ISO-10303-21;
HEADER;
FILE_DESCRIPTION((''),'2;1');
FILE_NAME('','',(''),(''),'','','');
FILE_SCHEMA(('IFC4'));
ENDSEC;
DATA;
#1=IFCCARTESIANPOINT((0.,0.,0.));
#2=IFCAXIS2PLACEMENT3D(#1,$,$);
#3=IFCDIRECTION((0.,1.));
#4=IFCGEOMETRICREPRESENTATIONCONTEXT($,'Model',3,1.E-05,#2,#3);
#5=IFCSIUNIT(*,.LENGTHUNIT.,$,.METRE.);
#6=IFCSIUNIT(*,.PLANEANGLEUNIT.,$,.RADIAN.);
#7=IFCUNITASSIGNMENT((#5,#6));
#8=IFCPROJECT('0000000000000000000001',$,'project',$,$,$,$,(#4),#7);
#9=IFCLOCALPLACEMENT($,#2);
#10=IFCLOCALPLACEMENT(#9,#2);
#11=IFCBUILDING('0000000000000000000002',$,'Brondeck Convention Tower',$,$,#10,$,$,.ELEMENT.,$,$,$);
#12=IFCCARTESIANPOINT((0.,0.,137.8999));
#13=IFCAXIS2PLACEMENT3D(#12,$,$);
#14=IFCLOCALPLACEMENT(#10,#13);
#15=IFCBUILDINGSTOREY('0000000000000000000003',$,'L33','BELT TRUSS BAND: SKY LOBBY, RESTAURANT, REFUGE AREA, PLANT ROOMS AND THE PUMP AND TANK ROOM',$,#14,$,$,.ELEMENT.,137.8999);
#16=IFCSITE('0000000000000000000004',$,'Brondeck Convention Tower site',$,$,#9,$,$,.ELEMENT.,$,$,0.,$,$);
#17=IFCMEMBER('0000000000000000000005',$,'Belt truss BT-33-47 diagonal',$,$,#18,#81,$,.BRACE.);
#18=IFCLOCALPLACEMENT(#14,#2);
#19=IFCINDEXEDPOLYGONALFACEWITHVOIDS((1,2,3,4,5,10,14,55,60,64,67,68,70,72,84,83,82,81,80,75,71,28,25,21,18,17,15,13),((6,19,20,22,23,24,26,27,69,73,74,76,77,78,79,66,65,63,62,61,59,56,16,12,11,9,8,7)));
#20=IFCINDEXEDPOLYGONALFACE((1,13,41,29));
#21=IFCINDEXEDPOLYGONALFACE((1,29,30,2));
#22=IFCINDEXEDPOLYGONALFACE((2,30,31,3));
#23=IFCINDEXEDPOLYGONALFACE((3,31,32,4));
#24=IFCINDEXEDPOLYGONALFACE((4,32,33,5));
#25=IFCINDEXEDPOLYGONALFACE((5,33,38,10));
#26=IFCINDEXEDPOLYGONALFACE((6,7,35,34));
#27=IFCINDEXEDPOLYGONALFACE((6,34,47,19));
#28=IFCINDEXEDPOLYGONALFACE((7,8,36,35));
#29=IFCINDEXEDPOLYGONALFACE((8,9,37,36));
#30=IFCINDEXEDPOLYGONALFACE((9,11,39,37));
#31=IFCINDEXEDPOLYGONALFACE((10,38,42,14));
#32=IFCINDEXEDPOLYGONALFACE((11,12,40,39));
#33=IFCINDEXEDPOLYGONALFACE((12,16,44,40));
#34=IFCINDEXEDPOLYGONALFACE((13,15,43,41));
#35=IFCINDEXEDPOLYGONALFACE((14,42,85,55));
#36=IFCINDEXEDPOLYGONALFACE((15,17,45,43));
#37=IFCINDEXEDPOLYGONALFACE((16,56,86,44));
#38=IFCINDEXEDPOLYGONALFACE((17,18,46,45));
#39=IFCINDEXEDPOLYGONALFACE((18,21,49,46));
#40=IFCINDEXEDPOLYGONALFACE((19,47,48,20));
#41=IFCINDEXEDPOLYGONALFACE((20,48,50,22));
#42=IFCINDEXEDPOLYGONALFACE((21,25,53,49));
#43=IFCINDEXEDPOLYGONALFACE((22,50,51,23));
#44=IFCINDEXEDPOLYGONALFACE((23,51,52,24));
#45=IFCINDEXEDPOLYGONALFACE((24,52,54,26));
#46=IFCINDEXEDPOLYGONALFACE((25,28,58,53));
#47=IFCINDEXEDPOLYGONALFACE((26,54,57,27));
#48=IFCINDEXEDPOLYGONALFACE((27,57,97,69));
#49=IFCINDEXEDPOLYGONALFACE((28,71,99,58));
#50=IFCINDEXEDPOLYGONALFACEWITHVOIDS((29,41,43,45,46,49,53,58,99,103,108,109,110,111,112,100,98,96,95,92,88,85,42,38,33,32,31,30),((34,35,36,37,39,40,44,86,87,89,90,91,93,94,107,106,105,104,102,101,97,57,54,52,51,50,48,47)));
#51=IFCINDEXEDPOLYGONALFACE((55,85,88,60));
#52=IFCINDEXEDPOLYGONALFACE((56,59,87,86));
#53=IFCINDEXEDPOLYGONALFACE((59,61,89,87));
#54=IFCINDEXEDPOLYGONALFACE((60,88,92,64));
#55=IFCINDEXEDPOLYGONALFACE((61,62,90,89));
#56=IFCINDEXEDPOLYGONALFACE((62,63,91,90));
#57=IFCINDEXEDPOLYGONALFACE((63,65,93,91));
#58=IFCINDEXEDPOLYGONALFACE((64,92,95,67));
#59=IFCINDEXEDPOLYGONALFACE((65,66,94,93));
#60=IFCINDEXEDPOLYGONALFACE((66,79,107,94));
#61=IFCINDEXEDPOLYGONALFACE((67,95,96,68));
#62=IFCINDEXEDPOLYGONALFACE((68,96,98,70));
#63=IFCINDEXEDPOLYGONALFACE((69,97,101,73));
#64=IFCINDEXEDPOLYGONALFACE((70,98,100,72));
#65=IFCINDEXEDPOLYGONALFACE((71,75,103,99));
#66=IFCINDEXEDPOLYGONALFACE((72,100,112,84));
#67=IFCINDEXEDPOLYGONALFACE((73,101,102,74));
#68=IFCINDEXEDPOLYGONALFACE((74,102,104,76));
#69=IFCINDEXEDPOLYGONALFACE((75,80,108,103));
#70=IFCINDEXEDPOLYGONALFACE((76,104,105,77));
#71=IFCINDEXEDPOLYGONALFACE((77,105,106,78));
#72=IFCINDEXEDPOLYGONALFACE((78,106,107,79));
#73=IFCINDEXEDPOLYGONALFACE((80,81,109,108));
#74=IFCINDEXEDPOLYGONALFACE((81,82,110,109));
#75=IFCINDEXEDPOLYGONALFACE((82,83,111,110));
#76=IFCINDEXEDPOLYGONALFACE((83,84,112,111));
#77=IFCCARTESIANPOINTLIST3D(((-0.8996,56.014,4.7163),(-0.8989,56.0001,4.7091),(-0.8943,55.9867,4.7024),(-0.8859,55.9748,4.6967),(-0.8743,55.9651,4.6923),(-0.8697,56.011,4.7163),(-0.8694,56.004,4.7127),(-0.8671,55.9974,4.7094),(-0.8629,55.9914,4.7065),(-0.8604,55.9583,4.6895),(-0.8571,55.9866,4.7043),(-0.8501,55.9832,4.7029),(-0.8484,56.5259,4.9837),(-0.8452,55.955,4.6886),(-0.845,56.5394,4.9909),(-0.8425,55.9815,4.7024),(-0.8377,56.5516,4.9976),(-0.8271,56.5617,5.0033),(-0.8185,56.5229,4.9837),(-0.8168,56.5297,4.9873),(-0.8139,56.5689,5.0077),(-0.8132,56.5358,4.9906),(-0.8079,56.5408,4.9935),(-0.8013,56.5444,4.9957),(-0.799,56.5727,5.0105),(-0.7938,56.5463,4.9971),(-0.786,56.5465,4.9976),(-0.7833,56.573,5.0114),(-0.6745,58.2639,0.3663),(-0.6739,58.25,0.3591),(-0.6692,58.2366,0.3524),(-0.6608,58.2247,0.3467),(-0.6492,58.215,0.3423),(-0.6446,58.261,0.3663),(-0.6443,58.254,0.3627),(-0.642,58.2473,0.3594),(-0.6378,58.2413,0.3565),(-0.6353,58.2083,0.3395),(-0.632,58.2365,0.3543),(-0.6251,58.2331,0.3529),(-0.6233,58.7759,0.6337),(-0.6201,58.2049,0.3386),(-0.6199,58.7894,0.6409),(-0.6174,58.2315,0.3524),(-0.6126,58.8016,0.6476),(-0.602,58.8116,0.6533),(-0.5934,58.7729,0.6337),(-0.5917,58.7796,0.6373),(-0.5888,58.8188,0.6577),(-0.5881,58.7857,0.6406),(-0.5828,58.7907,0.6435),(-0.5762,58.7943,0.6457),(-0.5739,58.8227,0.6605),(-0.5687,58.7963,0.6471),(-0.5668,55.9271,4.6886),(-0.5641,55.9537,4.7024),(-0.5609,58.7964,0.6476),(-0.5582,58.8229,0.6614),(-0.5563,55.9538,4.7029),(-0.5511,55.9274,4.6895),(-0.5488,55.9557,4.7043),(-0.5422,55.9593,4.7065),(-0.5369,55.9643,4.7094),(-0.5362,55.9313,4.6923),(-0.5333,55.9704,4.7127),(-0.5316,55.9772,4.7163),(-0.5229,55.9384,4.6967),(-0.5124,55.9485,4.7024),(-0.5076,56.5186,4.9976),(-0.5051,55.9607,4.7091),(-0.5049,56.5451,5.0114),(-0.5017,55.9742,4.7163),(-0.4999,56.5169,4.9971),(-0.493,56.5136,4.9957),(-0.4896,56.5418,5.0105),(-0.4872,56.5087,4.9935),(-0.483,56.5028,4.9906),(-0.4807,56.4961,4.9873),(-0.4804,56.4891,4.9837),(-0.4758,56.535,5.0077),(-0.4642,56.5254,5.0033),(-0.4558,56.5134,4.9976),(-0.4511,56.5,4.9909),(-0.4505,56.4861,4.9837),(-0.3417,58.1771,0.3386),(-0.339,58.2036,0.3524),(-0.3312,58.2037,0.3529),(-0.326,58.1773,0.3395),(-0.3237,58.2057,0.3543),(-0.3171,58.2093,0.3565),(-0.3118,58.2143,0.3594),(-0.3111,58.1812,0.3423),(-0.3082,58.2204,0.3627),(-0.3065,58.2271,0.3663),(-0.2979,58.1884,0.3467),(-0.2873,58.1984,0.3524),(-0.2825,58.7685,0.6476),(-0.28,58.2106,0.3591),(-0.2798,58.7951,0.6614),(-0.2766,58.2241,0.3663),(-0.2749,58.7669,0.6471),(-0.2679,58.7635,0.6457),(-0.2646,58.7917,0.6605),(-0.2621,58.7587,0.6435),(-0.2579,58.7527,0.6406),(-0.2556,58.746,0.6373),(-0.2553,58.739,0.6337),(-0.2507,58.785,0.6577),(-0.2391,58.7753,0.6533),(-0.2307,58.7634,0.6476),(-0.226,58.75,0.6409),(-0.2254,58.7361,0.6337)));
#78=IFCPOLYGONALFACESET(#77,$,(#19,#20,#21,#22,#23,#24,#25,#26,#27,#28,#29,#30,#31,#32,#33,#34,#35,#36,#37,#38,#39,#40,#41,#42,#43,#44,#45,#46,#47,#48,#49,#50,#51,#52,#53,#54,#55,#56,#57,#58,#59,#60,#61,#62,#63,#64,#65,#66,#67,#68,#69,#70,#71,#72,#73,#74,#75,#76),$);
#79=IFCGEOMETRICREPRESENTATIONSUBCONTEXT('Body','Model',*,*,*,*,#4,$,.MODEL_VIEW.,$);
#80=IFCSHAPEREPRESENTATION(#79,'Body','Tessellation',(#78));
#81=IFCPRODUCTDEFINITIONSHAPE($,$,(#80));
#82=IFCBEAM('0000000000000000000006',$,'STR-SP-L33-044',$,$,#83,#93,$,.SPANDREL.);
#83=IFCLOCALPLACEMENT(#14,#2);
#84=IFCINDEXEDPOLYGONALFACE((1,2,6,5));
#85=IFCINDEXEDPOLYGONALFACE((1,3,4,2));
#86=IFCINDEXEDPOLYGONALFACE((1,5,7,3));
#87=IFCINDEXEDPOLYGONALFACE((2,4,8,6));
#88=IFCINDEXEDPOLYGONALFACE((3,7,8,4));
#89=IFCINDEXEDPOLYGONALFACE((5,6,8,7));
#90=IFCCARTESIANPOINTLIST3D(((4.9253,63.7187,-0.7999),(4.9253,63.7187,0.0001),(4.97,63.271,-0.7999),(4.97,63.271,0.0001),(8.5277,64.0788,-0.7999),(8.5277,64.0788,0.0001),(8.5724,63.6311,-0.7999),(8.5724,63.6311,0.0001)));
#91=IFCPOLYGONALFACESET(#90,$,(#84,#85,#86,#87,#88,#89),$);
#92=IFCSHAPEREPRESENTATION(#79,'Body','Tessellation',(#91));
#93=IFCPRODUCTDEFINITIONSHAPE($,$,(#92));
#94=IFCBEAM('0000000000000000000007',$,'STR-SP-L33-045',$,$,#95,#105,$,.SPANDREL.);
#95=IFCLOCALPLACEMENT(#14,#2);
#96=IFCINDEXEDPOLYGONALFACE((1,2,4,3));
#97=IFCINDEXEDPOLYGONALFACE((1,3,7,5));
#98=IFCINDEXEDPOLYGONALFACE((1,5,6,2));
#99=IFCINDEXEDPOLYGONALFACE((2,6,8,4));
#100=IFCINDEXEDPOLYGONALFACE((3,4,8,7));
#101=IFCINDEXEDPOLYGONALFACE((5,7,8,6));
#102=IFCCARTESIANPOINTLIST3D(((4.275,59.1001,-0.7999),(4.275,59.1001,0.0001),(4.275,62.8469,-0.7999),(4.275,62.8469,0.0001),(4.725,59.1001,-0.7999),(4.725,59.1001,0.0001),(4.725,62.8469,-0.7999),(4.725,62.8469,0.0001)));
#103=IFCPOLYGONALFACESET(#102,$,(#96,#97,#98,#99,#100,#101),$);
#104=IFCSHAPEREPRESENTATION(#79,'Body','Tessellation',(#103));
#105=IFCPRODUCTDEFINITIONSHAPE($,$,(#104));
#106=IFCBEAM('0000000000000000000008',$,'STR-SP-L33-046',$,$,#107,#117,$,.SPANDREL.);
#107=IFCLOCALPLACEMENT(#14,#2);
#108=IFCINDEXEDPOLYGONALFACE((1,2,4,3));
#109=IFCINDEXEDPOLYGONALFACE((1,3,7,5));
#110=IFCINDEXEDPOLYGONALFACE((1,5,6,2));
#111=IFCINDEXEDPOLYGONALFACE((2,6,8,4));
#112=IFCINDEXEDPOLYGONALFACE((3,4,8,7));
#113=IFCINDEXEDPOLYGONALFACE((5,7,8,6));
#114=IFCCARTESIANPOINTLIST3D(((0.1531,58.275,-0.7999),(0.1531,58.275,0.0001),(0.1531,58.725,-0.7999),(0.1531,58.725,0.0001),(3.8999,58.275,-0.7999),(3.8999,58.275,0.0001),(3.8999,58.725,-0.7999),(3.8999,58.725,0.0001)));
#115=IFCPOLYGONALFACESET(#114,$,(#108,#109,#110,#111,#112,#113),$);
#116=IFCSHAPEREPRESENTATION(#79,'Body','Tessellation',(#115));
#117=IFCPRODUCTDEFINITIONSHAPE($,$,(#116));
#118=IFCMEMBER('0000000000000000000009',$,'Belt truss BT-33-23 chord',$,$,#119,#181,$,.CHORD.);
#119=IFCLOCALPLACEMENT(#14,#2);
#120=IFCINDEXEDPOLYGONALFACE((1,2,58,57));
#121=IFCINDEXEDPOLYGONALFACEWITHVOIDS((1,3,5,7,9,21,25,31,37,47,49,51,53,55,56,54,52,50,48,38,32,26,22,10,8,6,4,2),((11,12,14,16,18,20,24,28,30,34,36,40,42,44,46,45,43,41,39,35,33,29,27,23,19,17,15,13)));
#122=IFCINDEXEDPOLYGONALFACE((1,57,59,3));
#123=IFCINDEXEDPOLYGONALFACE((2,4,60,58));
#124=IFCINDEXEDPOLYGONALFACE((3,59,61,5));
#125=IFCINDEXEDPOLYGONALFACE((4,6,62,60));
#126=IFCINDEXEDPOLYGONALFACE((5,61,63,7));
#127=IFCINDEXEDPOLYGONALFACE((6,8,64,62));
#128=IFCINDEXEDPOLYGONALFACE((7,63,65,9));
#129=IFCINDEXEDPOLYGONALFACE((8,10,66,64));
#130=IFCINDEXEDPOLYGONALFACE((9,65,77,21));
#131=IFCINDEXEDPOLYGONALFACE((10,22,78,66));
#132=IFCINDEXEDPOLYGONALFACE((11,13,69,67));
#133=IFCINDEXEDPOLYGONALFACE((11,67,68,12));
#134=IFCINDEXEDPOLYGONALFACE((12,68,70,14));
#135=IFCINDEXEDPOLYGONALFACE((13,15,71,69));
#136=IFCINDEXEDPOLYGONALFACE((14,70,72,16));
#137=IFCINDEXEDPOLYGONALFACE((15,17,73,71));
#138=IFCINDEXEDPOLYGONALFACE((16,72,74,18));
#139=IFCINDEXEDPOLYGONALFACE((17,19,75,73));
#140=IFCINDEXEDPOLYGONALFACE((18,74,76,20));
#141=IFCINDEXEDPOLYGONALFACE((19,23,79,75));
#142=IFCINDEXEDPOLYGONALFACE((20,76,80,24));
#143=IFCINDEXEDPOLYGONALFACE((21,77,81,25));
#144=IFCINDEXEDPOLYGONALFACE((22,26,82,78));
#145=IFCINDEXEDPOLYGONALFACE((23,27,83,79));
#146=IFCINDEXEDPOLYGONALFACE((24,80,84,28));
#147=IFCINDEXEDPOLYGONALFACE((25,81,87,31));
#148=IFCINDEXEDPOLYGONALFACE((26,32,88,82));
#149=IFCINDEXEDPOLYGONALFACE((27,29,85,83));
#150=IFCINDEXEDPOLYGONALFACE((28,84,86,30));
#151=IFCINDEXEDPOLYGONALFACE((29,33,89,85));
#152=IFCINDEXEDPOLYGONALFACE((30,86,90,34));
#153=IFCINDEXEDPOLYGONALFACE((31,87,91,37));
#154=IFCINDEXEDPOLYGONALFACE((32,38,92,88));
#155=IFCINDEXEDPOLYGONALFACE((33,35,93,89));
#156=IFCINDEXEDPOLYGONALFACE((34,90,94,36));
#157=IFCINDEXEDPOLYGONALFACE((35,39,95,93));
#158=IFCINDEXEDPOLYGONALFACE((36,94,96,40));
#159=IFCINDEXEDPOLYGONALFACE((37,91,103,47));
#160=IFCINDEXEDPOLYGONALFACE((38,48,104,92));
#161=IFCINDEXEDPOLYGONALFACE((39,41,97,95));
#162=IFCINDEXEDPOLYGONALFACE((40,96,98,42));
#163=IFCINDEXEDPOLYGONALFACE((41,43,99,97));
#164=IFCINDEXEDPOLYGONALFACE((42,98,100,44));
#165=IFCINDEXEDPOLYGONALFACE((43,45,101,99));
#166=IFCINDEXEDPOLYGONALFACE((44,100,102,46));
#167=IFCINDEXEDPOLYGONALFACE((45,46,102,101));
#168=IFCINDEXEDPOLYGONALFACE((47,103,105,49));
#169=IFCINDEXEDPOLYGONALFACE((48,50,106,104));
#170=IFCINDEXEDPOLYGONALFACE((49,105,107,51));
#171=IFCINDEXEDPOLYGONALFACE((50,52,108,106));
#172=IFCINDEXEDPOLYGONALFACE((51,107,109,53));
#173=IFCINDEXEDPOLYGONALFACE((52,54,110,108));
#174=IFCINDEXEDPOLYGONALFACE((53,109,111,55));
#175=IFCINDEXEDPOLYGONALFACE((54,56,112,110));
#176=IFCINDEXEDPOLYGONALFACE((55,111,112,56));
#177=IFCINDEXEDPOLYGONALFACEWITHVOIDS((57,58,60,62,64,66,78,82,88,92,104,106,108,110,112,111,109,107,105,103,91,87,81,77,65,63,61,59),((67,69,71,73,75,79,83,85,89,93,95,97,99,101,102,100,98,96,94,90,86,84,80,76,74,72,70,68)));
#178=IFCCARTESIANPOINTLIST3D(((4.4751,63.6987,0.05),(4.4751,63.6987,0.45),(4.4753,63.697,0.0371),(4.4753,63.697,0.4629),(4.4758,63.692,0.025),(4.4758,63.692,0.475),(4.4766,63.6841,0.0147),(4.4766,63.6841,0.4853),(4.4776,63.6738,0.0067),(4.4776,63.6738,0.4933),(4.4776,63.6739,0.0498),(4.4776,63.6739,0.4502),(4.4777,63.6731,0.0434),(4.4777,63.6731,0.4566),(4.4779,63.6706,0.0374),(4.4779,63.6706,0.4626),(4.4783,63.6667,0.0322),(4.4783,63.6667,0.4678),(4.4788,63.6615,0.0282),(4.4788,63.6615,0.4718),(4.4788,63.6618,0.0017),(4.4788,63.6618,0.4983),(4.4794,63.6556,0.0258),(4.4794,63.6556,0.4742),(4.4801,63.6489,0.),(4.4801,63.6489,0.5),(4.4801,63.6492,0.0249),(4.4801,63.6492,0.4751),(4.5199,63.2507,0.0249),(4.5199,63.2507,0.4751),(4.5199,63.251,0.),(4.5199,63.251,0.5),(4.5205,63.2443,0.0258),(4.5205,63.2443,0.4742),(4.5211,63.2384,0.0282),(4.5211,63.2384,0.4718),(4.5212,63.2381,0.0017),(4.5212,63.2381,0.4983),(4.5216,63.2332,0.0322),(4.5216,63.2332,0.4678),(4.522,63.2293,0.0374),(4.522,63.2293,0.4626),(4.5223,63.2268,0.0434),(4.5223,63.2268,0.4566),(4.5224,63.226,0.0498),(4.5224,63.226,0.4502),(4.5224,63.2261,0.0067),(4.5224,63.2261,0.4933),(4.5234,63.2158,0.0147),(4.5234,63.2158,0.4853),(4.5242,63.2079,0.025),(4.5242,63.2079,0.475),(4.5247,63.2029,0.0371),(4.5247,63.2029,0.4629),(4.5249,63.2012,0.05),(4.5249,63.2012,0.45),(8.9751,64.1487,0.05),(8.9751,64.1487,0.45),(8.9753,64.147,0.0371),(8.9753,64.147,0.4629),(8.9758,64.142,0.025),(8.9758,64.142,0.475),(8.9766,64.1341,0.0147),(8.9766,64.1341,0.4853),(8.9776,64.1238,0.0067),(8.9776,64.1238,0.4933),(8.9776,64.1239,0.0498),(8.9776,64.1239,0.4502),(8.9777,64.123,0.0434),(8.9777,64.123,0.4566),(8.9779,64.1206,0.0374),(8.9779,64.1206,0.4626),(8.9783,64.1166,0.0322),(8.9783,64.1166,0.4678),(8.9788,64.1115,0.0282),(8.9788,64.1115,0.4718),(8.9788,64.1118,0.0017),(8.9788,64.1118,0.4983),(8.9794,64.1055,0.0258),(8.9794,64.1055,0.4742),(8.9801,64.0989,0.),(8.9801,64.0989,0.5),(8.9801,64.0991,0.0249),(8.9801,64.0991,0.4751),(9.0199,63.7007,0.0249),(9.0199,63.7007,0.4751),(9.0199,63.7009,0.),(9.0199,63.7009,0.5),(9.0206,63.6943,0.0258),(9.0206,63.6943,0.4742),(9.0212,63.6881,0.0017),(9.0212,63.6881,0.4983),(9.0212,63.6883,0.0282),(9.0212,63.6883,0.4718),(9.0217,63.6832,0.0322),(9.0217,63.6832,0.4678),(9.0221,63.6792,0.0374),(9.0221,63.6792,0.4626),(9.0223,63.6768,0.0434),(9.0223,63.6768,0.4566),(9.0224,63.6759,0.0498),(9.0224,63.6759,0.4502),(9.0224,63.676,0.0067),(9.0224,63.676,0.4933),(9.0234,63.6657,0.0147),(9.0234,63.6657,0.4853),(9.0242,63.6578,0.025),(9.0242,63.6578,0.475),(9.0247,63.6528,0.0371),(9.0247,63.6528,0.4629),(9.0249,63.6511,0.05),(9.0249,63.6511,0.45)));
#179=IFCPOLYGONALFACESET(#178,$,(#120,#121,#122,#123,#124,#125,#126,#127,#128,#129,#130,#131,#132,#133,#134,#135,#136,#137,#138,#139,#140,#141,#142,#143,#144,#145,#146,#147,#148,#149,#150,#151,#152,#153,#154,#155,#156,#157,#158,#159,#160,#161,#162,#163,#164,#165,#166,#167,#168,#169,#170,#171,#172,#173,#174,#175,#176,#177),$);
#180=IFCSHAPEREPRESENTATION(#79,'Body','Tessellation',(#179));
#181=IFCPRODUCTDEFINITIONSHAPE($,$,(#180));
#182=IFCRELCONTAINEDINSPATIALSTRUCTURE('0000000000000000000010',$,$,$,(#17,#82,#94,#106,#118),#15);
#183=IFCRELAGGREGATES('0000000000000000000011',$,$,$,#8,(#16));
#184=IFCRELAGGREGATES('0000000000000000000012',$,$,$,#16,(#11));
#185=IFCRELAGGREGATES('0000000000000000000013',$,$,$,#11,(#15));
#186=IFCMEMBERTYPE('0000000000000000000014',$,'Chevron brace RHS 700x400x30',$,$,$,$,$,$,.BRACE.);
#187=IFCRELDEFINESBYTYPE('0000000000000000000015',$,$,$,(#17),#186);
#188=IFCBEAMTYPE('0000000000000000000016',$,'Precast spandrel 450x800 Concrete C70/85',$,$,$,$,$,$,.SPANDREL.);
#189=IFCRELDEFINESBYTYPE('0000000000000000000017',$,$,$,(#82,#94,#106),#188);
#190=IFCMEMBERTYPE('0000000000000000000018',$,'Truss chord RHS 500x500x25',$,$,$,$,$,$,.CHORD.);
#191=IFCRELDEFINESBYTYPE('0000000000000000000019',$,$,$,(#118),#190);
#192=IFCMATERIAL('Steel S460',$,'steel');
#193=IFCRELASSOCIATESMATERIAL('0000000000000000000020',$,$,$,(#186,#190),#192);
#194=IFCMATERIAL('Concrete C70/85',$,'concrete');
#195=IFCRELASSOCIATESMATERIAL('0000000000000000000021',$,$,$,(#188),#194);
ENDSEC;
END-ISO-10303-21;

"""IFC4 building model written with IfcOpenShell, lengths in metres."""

from ifc_helpers import new_model, si_unit, direction, frame, origin, origin_2d, place, context, subcontext, project, spatial, rectangle, hollow_rectangle, extrude, material, material_profile, profile_set, type_object, element, save


model = new_model("IFC4")

# Units and contexts
model_context = context("Model", 3, precision=1e-05, world=origin(), true_north=direction((0.0, 1.0)))
body_context = subcontext(model_context, "Body", "Model", "MODEL_VIEW")
ifc_project = project(units=[si_unit("LENGTHUNIT", "METRE"), si_unit("PLANEANGLEUNIT", "RADIAN")], contexts=[model_context])

# Site, building, storey
site_placement = place(None, origin())
site = spatial("IfcSite", under=ifc_project, at=site_placement, Name="Brondeck Convention Tower site", CompositionType="ELEMENT", RefElevation=0.0)
building_placement = place(site_placement, origin())
building = spatial("IfcBuilding", under=site, at=building_placement, Name="Brondeck Convention Tower", CompositionType="ELEMENT")
storey_placement = place(building_placement, frame((0.0, 0.0, 137.8999)))
storey = spatial("IfcBuildingStorey", under=building, at=storey_placement, Name="L33", Description="BELT TRUSS BAND: SKY LOBBY, RESTAURANT, REFUGE AREA, PLANT ROOMS AND THE PUMP AND TANK ROOM", CompositionType="ELEMENT", Elevation=137.8999)

# Shared definitions
ifc_material_1 = material(Name="Concrete C70/85", Category="concrete")

# Member
ifc_material_2 = material(Name="Steel S460", Category="steel")
ifc_material_profile_1 = material_profile(ifc_material_2, hollow_rectangle(XDim=0.3999, YDim=0.7, WallThickness=0.03, InnerFilletRadius=0.03, OuterFilletRadius=0.0601, at=origin_2d()), Name="RHS 700x400x30")
ifc_profile_set_1 = profile_set([ifc_material_profile_1], Name="Steel S460")
member_type_1 = type_object("IfcMemberType", Name="Chevron brace RHS 700x400x30", PredefinedType="BRACE", material=ifc_profile_set_1)
member_1_placement = place(storey_placement, frame((-0.45, 58.5, 0.5), z_axis=(-0.045913, -0.45893, 0.887285), x_axis=(0.995033, -0.099546, 0.0)))
element("IfcMember", 1, at=member_1_placement, inside=storey, type_object=member_type_1, Name="Belt truss BT-33-47 diagonal", PredefinedType="BRACE", context=body_context, shape_type="SweptSolid", body=[
    extrude(hollow_rectangle(XDim=0.3999, YDim=0.7, WallThickness=0.03, InnerFilletRadius=0.03, OuterFilletRadius=0.0601, at=origin_2d()), origin(), (0.0, 0.0, 1.0), 4.9026),
])

# Beams
ifc_material_profile_2 = material_profile(ifc_material_1, rectangle(XDim=0.45, YDim=0.8, at=origin_2d()), Name="Precast spandrel 450x800 Concrete C70/85")
ifc_profile_set_2 = profile_set([ifc_material_profile_2], Name="Concrete C70/85")
beam_type = type_object("IfcBeamType", Name="Precast spandrel 450x800 Concrete C70/85", PredefinedType="SPANDREL", material=ifc_profile_set_2)
beam_placement = place(storey_placement, frame((8.55, 63.855, -0.3999), z_axis=(-0.995041, -0.09947, 0.0), x_axis=(0.09947, -0.995041, 0.0)))
element("IfcBeam", 2, at=beam_placement, inside=storey, type_object=beam_type, Name="STR-SP-L33-044", PredefinedType="SPANDREL", context=body_context, shape_type="SweptSolid", body=[
    extrude(rectangle(XDim=0.45, YDim=0.8, at=origin_2d()), origin(), (0.0, 0.0, 1.0), 3.6204),
])
for number, where, z_axis, x_axis, name in (
    (3, (4.5, 62.8469, -0.3999), (0.0, -1.0, 0.0), (1.0, 0.0, 0.0), "STR-SP-L33-045"),
    (4, (3.8999, 58.5, -0.3999), (-1.0, 0.0, 0.0), (0.0, -1.0, 0.0), "STR-SP-L33-046"),
):
    element("IfcBeam", number, at=place(storey_placement, frame(where, z_axis=z_axis, x_axis=x_axis)), inside=storey, type_object=beam_type, Name=name, PredefinedType="SPANDREL", context=body_context, shape_type="SweptSolid", body=[
        extrude(rectangle(XDim=0.45, YDim=0.8, at=origin_2d()), origin(), (0.0, 0.0, 1.0), 3.7468),
    ])

# Member
ifc_material_profile_3 = material_profile(ifc_material_2, hollow_rectangle(XDim=0.5, YDim=0.5, WallThickness=0.0249, InnerFilletRadius=0.0249, OuterFilletRadius=0.05, at=origin_2d()), Name="RHS 500x500x25")
ifc_profile_set_3 = profile_set([ifc_material_profile_3], Name="Steel S460")
member_type_2 = type_object("IfcMemberType", Name="Truss chord RHS 500x500x25", PredefinedType="CHORD", material=ifc_profile_set_3)
member_2_placement = place(storey_placement, frame((9.0, 63.8999, 0.25), z_axis=(-0.995038, -0.099493, 0.0), x_axis=(0.099493, -0.995038, 0.0)))
element("IfcMember", 5, at=member_2_placement, inside=storey, type_object=member_type_2, Name="Belt truss BT-33-23 chord", PredefinedType="CHORD", context=body_context, shape_type="SweptSolid", body=[
    extrude(hollow_rectangle(XDim=0.5, YDim=0.5, WallThickness=0.0249, InnerFilletRadius=0.0249, OuterFilletRadius=0.05, at=origin_2d()), origin(), (0.0, 0.0, 1.0), 4.5225),
])

save(model, "model.ifc")
